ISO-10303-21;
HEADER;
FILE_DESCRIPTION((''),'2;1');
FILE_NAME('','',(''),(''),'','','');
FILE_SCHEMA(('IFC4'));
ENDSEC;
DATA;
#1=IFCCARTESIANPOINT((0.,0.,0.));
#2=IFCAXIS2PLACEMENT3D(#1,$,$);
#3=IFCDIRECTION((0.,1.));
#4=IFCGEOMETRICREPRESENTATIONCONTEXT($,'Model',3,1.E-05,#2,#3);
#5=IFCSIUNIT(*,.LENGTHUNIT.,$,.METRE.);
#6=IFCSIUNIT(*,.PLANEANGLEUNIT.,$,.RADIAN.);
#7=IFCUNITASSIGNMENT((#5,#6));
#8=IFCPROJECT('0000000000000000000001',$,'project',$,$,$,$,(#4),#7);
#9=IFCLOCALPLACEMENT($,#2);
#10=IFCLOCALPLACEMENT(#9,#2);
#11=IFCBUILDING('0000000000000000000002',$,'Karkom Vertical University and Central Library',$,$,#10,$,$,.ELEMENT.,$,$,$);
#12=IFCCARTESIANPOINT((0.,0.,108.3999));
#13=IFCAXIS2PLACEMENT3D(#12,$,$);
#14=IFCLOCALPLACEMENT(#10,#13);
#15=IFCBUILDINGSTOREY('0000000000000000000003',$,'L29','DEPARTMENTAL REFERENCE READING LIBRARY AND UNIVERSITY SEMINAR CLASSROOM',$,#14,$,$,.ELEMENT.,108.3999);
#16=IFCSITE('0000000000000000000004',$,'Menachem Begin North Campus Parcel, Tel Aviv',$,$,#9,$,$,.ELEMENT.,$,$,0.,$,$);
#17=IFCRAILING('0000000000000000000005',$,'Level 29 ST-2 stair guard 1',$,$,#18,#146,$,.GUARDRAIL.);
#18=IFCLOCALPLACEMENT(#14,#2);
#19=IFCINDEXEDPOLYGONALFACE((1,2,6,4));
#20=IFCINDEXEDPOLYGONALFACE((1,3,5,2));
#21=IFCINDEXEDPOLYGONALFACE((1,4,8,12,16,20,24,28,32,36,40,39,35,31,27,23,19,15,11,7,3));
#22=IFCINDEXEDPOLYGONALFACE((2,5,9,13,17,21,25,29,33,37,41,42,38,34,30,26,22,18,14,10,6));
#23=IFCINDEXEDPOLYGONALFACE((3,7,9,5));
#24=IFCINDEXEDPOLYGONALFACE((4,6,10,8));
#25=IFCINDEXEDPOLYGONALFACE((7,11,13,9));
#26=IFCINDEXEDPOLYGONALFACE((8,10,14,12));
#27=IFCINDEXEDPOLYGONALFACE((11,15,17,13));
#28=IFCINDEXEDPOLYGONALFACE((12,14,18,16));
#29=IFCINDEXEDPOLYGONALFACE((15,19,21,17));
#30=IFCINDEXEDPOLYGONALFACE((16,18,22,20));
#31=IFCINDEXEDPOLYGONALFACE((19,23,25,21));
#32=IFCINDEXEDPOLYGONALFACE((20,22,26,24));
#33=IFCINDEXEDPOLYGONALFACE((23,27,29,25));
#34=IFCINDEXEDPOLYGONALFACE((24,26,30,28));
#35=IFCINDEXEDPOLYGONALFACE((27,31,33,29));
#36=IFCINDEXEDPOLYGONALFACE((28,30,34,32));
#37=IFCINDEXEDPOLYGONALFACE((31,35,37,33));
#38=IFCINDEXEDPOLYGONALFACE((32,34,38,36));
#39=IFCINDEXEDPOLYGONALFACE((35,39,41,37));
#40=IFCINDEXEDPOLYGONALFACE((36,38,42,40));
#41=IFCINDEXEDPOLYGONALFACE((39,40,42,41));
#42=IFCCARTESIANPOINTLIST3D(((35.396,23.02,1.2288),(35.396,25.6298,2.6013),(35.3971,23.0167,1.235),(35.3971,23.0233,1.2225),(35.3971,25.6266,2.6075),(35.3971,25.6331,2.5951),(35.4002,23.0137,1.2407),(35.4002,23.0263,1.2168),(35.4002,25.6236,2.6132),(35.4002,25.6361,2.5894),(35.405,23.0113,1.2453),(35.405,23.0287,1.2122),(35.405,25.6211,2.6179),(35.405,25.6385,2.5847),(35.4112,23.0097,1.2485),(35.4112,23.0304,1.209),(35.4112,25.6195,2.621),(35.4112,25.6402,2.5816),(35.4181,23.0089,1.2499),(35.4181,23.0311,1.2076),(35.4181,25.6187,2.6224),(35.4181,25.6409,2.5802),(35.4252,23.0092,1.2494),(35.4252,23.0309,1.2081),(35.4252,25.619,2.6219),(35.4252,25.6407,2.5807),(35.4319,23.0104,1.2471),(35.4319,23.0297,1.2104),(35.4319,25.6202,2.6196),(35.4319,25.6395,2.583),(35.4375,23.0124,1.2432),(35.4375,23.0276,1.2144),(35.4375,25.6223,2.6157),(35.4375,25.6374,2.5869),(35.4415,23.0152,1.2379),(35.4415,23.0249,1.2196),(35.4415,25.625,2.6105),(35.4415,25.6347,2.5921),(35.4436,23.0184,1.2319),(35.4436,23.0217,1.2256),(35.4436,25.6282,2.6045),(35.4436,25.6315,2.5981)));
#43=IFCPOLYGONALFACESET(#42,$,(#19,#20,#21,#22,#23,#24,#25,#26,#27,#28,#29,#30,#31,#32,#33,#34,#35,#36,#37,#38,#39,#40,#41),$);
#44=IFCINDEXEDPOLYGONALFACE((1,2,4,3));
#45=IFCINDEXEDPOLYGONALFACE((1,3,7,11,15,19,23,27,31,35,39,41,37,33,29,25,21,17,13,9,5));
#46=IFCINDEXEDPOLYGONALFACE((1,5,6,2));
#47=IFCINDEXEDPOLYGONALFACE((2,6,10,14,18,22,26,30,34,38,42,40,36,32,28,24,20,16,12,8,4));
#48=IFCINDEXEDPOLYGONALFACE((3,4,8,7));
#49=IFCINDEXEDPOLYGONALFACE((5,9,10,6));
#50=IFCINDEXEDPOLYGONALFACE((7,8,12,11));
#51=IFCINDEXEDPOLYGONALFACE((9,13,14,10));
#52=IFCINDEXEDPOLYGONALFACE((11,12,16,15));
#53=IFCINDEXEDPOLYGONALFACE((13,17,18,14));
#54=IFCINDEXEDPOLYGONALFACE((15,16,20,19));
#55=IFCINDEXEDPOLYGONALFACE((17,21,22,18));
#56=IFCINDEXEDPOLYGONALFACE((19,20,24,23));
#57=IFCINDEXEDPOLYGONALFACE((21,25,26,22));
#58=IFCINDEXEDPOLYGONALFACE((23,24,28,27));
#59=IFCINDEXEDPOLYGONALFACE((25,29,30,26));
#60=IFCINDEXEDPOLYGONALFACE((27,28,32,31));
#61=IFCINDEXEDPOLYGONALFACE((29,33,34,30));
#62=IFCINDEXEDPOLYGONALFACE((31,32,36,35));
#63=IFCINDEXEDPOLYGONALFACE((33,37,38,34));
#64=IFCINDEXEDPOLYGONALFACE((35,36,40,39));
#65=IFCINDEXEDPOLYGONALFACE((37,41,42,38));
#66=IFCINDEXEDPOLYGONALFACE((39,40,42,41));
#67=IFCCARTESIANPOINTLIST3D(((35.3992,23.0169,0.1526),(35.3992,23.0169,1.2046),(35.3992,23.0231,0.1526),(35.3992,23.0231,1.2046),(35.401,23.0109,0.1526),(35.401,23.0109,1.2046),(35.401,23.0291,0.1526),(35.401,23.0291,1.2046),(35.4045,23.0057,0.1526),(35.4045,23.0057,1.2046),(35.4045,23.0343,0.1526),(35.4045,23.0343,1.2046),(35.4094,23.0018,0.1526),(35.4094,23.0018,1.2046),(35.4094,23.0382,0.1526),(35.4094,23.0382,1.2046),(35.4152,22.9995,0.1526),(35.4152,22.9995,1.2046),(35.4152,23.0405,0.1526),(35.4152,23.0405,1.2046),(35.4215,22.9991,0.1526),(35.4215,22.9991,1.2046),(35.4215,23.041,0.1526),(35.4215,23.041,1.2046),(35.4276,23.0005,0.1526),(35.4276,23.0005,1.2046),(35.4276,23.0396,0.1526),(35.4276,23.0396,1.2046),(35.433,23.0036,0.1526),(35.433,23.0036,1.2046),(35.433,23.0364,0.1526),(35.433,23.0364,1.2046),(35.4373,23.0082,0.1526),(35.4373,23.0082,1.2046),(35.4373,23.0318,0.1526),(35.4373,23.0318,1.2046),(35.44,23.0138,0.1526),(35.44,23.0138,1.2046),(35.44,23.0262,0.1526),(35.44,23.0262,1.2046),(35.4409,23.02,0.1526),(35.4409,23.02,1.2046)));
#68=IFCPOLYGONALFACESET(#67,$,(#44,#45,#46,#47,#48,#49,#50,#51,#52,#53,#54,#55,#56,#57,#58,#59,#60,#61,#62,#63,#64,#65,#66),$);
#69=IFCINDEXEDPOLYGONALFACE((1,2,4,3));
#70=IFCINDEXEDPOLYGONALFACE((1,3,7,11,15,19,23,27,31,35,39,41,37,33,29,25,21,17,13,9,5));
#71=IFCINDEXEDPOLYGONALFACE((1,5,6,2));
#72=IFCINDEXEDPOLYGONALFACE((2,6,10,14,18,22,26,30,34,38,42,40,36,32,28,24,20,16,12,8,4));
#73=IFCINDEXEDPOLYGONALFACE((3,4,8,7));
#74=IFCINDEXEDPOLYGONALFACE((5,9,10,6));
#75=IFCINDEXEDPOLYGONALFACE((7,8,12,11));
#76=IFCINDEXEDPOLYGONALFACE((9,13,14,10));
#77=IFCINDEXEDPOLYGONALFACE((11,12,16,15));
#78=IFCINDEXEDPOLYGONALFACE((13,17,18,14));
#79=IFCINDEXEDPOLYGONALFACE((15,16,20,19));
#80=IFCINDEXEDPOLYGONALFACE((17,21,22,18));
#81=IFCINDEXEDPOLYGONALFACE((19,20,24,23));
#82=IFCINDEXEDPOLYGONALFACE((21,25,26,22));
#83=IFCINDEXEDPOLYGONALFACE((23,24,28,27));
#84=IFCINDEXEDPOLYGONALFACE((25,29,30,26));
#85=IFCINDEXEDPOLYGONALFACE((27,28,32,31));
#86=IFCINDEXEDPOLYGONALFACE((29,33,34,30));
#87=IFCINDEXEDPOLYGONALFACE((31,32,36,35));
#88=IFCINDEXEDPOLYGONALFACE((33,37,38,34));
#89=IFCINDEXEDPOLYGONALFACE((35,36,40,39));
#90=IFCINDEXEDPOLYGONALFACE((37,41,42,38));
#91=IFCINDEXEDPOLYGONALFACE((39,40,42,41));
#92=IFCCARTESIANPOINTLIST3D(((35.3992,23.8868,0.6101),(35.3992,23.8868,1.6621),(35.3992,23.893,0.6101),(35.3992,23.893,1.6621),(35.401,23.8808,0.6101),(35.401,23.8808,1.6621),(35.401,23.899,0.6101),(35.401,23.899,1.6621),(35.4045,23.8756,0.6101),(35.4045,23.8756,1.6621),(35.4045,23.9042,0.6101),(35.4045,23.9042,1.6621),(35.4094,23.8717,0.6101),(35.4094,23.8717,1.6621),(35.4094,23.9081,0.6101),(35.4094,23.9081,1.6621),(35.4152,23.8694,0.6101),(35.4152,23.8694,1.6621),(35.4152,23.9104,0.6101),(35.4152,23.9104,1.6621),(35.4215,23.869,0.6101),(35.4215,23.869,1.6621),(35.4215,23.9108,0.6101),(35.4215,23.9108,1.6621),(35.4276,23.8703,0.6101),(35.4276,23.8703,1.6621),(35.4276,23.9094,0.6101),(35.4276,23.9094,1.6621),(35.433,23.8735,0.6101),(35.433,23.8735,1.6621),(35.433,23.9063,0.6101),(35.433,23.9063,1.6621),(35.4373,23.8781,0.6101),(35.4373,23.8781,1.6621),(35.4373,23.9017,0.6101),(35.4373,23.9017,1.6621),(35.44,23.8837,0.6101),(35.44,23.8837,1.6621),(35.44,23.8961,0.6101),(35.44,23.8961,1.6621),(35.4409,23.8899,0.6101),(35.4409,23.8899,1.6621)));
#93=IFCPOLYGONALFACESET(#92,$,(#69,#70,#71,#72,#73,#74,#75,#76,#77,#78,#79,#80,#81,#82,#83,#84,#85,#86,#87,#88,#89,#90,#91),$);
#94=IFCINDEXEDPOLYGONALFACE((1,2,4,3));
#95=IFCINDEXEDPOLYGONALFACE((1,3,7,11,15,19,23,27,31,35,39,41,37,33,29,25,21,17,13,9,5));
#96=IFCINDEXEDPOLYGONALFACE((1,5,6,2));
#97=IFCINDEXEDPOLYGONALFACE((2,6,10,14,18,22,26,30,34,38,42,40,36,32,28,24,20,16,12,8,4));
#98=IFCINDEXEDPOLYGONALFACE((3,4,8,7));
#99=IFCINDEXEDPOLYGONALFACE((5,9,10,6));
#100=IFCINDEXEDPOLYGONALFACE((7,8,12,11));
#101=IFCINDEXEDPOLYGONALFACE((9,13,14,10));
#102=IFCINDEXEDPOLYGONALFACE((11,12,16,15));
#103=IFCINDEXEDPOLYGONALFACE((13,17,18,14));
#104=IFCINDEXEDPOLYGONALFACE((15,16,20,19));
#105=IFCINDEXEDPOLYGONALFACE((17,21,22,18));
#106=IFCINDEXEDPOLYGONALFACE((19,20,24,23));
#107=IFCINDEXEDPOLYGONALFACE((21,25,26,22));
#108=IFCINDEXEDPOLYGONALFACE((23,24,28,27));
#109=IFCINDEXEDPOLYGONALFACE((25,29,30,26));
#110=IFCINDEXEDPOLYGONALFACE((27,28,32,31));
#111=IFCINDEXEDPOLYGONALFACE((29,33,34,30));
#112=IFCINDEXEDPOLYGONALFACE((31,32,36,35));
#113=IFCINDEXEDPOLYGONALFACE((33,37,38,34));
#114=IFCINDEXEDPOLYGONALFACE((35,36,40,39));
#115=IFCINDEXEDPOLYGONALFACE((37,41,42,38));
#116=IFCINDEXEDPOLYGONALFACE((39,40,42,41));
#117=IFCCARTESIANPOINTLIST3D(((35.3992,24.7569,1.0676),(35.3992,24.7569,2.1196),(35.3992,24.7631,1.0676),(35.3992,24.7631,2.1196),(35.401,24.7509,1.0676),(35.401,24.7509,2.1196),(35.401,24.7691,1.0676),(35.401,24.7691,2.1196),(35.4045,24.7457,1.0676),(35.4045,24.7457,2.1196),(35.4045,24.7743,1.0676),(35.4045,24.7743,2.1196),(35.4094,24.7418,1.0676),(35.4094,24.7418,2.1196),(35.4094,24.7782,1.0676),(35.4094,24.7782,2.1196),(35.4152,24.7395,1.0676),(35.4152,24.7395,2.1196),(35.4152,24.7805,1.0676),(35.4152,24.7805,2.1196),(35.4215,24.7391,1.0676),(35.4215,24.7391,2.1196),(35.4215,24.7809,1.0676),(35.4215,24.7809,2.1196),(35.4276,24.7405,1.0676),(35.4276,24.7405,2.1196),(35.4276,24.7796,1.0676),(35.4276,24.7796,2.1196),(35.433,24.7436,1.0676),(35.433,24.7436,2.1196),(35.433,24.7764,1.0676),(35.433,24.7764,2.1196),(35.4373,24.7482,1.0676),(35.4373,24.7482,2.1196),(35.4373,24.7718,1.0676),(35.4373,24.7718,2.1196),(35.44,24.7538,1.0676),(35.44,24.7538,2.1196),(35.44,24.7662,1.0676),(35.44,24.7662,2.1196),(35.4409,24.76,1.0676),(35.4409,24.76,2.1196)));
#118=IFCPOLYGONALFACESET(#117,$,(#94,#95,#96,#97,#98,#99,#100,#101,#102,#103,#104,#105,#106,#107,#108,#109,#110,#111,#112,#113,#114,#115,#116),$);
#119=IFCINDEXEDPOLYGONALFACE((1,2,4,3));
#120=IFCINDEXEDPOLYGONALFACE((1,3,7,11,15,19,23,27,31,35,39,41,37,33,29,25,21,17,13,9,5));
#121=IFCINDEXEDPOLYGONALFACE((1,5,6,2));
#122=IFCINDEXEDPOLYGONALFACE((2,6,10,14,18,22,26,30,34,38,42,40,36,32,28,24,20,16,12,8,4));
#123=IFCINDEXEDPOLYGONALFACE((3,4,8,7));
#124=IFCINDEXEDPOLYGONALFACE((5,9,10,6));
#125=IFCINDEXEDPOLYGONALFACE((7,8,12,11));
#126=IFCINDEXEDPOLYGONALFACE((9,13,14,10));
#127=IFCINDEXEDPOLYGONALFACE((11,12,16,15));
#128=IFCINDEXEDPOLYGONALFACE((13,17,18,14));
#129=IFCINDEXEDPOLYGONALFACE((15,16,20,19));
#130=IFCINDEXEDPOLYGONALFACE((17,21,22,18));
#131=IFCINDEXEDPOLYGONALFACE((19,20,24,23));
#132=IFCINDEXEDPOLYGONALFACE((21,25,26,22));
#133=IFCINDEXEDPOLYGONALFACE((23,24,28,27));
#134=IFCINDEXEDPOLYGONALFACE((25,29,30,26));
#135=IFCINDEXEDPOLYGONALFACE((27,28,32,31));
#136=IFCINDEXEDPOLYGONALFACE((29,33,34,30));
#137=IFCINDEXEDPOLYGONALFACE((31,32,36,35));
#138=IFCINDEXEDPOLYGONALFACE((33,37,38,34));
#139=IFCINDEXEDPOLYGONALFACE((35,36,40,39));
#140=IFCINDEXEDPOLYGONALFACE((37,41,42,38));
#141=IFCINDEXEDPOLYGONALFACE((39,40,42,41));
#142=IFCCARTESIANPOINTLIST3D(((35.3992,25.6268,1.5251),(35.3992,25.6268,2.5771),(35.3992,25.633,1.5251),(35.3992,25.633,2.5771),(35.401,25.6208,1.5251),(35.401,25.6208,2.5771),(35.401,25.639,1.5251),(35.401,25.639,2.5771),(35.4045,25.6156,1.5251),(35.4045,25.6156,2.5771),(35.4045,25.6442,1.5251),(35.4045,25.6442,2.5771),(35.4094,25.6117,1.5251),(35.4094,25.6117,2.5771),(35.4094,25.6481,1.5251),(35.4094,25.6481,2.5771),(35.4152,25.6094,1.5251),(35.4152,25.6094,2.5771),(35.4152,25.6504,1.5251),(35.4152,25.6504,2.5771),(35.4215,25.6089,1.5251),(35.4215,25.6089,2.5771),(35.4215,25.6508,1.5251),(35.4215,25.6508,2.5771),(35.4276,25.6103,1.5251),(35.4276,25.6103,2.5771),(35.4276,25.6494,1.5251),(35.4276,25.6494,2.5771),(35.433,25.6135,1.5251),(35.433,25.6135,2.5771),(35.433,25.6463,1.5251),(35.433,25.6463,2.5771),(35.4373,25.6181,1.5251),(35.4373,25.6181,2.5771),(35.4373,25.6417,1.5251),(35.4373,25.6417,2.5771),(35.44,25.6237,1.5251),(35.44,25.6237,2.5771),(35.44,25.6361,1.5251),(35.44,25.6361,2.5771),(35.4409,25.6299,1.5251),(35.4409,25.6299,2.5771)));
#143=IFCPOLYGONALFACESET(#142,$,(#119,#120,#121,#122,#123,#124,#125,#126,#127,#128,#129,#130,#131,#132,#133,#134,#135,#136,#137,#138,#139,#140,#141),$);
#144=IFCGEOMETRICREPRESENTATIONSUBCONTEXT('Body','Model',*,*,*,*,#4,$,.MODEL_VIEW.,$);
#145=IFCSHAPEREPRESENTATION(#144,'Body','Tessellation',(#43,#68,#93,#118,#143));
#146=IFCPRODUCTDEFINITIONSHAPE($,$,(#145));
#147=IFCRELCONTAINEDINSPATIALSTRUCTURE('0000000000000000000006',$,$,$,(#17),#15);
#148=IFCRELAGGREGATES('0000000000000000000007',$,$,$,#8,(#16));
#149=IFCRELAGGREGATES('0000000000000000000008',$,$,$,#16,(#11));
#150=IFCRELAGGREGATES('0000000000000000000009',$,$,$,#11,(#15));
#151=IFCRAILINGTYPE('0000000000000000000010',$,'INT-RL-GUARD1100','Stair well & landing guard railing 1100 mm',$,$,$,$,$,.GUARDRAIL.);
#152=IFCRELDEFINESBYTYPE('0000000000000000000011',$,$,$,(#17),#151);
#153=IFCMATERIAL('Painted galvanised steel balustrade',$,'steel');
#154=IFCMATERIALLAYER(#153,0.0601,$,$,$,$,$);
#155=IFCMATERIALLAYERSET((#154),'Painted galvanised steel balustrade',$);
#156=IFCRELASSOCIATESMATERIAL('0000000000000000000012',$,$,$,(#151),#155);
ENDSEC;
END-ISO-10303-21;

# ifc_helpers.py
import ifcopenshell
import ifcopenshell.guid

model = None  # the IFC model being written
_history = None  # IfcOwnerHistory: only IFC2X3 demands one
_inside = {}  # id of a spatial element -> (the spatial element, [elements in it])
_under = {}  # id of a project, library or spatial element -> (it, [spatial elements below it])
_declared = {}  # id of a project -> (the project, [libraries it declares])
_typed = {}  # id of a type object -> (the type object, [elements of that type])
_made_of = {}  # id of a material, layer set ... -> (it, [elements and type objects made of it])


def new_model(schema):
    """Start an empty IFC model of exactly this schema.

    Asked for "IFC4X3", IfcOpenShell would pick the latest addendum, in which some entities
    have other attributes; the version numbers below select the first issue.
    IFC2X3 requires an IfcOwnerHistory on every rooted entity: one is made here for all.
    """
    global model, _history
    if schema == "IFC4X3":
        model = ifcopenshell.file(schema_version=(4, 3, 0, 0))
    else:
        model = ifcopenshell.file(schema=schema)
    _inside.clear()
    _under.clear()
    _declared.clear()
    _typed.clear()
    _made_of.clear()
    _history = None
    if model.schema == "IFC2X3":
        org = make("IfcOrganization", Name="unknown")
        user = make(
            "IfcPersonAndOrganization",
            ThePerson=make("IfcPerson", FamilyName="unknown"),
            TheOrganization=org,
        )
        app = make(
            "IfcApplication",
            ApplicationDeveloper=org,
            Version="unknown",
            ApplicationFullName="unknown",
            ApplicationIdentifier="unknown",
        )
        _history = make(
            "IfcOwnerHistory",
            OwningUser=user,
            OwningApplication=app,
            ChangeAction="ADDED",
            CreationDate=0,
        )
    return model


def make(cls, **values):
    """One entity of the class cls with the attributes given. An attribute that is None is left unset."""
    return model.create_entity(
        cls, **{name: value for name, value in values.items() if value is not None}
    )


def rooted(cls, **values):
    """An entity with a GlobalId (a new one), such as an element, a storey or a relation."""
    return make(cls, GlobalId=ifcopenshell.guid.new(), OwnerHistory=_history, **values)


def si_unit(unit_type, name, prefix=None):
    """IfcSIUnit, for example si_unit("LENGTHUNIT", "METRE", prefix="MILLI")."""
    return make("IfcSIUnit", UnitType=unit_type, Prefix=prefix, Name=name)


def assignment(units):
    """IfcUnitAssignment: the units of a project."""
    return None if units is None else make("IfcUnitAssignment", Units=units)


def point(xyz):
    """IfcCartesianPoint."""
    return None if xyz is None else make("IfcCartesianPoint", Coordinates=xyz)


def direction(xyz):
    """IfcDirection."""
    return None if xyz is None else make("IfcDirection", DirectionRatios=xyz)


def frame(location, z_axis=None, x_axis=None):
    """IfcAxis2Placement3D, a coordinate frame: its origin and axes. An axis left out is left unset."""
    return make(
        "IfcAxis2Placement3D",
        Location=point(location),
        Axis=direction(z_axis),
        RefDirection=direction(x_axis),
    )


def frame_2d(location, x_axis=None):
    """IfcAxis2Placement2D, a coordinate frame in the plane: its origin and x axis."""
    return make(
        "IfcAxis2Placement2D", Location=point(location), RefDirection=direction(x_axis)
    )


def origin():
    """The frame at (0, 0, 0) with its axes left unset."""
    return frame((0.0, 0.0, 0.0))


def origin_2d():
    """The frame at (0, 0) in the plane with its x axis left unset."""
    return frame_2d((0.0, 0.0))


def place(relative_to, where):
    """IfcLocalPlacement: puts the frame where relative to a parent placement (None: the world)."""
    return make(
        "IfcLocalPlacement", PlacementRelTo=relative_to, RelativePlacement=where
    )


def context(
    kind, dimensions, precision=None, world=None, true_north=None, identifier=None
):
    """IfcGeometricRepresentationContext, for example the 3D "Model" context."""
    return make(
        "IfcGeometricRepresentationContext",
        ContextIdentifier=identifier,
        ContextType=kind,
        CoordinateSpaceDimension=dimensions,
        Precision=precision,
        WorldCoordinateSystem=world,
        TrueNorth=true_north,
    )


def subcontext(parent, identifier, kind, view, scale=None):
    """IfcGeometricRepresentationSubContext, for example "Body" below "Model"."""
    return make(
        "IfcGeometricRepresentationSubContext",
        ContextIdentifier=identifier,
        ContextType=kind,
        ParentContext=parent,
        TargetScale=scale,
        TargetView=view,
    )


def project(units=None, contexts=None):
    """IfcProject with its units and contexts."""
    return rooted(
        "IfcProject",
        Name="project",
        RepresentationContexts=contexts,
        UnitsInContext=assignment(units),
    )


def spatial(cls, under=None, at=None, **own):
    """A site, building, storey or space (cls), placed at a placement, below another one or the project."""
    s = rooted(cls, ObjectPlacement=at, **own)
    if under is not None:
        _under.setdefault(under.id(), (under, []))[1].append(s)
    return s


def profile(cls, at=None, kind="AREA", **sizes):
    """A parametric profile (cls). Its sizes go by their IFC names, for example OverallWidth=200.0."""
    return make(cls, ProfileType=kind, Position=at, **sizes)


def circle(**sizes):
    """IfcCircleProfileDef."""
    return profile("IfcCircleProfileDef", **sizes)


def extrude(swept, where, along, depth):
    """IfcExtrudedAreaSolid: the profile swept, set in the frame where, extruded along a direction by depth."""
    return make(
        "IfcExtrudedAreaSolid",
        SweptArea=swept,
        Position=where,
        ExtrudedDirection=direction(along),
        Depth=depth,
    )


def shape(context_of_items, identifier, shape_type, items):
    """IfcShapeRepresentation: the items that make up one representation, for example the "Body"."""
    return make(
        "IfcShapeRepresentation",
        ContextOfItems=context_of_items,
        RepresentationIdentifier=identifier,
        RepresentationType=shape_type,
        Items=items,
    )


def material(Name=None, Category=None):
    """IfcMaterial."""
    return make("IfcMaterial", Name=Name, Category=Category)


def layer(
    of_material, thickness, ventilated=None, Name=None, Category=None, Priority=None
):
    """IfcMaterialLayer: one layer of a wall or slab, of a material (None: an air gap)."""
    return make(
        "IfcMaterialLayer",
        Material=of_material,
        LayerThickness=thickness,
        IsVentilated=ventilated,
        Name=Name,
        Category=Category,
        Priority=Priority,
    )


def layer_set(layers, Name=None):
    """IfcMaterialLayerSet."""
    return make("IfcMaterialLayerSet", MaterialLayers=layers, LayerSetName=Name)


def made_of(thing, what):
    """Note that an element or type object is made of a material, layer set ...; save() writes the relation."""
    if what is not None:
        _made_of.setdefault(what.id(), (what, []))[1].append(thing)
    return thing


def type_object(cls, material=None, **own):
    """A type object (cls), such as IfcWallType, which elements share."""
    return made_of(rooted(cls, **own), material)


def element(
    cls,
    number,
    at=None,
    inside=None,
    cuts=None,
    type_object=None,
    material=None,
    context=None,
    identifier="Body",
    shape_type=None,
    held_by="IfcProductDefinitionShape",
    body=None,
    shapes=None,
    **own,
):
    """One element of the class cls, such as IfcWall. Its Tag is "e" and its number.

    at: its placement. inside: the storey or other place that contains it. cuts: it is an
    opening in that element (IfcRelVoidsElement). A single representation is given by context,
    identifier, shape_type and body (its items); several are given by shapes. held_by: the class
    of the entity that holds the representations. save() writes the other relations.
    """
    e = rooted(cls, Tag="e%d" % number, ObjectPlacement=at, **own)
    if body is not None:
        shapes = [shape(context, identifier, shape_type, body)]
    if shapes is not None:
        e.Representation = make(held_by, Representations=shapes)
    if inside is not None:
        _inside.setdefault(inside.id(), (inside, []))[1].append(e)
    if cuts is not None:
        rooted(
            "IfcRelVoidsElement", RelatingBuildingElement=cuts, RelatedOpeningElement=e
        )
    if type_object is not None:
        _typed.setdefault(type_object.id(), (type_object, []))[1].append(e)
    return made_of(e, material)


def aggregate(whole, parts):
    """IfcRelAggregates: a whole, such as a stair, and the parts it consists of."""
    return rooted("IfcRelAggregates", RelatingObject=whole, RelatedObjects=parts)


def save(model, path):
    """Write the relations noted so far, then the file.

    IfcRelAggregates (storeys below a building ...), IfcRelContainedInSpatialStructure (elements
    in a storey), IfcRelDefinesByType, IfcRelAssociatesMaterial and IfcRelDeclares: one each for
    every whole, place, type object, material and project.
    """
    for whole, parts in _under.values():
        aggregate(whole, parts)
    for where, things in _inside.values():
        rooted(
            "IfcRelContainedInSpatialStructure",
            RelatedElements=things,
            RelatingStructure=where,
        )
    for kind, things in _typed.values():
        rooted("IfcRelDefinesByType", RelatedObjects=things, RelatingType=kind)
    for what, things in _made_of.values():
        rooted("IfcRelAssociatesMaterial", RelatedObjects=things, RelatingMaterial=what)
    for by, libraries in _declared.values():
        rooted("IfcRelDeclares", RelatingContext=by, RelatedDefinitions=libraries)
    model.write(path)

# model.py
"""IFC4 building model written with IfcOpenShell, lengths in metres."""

from ifc_helpers import new_model, si_unit, direction, frame, origin, origin_2d, place, context, subcontext, project, spatial, circle, extrude, material, layer, layer_set, type_object, element, save


model = new_model("IFC4")

# Units and contexts
model_context = context("Model", 3, precision=1e-05, world=origin(), true_north=direction((0.0, 1.0)))
body_context = subcontext(model_context, "Body", "Model", "MODEL_VIEW")
ifc_project = project(units=[si_unit("LENGTHUNIT", "METRE"), si_unit("PLANEANGLEUNIT", "RADIAN")], contexts=[model_context])

# Site, building, storey
site_placement = place(None, origin())
site = spatial("IfcSite", under=ifc_project, at=site_placement, Name="Menachem Begin North Campus Parcel, Tel Aviv", CompositionType="ELEMENT", RefElevation=0.0)
building_placement = place(site_placement, origin())
building = spatial("IfcBuilding", under=site, at=building_placement, Name="Karkom Vertical University and Central Library", CompositionType="ELEMENT")
storey_placement = place(building_placement, frame((0.0, 0.0, 108.3999)))
storey = spatial("IfcBuildingStorey", under=building, at=storey_placement, Name="L29", Description="DEPARTMENTAL REFERENCE READING LIBRARY AND UNIVERSITY SEMINAR CLASSROOM", CompositionType="ELEMENT", Elevation=108.3999)

# Railing
ifc_material_1 = material(Name="Painted galvanised steel balustrade", Category="steel")
ifc_layer_1 = layer(ifc_material_1, 0.0601)
ifc_layer_set_1 = layer_set([ifc_layer_1], Name="Painted galvanised steel balustrade")
railing_type_1 = type_object("IfcRailingType", Name="INT-RL-GUARD1100", Description="Stair well & landing guard railing 1100 mm", PredefinedType="GUARDRAIL", material=ifc_layer_set_1)
railing_1_placement = place(storey_placement, frame((35.4199, 23.02, 0.1526)))
element("IfcRailing", 1, at=railing_1_placement, inside=storey, type_object=railing_type_1, Name="Level 29 ST-2 stair guard 1", PredefinedType="GUARDRAIL", context=body_context, shape_type="SweptSolid", body=[
    extrude(circle(Radius=0.0239, at=origin_2d()), frame((0.0, 0.0, 1.0762), z_axis=(0.0, 0.885065, 0.465467), x_axis=(-1.0, 0.0, 0.0)), (0.0, 0.0, 1.0), 2.9487),
    extrude(circle(Radius=0.021, at=origin_2d()), origin(), (0.0, 0.0, 1.0), 1.052),
    extrude(circle(Radius=0.021, at=origin_2d()), frame((0.0, 0.8699, 0.4575)), (0.0, 0.0, 1.0), 1.052),
    extrude(circle(Radius=0.021, at=origin_2d()), frame((0.0, 1.74, 0.915)), (0.0, 0.0, 1.0), 1.052),
    extrude(circle(Radius=0.021, at=origin_2d()), frame((0.0, 2.6099, 1.3726)), (0.0, 0.0, 1.0), 1.052),
])

save(model, "model.ifc")
